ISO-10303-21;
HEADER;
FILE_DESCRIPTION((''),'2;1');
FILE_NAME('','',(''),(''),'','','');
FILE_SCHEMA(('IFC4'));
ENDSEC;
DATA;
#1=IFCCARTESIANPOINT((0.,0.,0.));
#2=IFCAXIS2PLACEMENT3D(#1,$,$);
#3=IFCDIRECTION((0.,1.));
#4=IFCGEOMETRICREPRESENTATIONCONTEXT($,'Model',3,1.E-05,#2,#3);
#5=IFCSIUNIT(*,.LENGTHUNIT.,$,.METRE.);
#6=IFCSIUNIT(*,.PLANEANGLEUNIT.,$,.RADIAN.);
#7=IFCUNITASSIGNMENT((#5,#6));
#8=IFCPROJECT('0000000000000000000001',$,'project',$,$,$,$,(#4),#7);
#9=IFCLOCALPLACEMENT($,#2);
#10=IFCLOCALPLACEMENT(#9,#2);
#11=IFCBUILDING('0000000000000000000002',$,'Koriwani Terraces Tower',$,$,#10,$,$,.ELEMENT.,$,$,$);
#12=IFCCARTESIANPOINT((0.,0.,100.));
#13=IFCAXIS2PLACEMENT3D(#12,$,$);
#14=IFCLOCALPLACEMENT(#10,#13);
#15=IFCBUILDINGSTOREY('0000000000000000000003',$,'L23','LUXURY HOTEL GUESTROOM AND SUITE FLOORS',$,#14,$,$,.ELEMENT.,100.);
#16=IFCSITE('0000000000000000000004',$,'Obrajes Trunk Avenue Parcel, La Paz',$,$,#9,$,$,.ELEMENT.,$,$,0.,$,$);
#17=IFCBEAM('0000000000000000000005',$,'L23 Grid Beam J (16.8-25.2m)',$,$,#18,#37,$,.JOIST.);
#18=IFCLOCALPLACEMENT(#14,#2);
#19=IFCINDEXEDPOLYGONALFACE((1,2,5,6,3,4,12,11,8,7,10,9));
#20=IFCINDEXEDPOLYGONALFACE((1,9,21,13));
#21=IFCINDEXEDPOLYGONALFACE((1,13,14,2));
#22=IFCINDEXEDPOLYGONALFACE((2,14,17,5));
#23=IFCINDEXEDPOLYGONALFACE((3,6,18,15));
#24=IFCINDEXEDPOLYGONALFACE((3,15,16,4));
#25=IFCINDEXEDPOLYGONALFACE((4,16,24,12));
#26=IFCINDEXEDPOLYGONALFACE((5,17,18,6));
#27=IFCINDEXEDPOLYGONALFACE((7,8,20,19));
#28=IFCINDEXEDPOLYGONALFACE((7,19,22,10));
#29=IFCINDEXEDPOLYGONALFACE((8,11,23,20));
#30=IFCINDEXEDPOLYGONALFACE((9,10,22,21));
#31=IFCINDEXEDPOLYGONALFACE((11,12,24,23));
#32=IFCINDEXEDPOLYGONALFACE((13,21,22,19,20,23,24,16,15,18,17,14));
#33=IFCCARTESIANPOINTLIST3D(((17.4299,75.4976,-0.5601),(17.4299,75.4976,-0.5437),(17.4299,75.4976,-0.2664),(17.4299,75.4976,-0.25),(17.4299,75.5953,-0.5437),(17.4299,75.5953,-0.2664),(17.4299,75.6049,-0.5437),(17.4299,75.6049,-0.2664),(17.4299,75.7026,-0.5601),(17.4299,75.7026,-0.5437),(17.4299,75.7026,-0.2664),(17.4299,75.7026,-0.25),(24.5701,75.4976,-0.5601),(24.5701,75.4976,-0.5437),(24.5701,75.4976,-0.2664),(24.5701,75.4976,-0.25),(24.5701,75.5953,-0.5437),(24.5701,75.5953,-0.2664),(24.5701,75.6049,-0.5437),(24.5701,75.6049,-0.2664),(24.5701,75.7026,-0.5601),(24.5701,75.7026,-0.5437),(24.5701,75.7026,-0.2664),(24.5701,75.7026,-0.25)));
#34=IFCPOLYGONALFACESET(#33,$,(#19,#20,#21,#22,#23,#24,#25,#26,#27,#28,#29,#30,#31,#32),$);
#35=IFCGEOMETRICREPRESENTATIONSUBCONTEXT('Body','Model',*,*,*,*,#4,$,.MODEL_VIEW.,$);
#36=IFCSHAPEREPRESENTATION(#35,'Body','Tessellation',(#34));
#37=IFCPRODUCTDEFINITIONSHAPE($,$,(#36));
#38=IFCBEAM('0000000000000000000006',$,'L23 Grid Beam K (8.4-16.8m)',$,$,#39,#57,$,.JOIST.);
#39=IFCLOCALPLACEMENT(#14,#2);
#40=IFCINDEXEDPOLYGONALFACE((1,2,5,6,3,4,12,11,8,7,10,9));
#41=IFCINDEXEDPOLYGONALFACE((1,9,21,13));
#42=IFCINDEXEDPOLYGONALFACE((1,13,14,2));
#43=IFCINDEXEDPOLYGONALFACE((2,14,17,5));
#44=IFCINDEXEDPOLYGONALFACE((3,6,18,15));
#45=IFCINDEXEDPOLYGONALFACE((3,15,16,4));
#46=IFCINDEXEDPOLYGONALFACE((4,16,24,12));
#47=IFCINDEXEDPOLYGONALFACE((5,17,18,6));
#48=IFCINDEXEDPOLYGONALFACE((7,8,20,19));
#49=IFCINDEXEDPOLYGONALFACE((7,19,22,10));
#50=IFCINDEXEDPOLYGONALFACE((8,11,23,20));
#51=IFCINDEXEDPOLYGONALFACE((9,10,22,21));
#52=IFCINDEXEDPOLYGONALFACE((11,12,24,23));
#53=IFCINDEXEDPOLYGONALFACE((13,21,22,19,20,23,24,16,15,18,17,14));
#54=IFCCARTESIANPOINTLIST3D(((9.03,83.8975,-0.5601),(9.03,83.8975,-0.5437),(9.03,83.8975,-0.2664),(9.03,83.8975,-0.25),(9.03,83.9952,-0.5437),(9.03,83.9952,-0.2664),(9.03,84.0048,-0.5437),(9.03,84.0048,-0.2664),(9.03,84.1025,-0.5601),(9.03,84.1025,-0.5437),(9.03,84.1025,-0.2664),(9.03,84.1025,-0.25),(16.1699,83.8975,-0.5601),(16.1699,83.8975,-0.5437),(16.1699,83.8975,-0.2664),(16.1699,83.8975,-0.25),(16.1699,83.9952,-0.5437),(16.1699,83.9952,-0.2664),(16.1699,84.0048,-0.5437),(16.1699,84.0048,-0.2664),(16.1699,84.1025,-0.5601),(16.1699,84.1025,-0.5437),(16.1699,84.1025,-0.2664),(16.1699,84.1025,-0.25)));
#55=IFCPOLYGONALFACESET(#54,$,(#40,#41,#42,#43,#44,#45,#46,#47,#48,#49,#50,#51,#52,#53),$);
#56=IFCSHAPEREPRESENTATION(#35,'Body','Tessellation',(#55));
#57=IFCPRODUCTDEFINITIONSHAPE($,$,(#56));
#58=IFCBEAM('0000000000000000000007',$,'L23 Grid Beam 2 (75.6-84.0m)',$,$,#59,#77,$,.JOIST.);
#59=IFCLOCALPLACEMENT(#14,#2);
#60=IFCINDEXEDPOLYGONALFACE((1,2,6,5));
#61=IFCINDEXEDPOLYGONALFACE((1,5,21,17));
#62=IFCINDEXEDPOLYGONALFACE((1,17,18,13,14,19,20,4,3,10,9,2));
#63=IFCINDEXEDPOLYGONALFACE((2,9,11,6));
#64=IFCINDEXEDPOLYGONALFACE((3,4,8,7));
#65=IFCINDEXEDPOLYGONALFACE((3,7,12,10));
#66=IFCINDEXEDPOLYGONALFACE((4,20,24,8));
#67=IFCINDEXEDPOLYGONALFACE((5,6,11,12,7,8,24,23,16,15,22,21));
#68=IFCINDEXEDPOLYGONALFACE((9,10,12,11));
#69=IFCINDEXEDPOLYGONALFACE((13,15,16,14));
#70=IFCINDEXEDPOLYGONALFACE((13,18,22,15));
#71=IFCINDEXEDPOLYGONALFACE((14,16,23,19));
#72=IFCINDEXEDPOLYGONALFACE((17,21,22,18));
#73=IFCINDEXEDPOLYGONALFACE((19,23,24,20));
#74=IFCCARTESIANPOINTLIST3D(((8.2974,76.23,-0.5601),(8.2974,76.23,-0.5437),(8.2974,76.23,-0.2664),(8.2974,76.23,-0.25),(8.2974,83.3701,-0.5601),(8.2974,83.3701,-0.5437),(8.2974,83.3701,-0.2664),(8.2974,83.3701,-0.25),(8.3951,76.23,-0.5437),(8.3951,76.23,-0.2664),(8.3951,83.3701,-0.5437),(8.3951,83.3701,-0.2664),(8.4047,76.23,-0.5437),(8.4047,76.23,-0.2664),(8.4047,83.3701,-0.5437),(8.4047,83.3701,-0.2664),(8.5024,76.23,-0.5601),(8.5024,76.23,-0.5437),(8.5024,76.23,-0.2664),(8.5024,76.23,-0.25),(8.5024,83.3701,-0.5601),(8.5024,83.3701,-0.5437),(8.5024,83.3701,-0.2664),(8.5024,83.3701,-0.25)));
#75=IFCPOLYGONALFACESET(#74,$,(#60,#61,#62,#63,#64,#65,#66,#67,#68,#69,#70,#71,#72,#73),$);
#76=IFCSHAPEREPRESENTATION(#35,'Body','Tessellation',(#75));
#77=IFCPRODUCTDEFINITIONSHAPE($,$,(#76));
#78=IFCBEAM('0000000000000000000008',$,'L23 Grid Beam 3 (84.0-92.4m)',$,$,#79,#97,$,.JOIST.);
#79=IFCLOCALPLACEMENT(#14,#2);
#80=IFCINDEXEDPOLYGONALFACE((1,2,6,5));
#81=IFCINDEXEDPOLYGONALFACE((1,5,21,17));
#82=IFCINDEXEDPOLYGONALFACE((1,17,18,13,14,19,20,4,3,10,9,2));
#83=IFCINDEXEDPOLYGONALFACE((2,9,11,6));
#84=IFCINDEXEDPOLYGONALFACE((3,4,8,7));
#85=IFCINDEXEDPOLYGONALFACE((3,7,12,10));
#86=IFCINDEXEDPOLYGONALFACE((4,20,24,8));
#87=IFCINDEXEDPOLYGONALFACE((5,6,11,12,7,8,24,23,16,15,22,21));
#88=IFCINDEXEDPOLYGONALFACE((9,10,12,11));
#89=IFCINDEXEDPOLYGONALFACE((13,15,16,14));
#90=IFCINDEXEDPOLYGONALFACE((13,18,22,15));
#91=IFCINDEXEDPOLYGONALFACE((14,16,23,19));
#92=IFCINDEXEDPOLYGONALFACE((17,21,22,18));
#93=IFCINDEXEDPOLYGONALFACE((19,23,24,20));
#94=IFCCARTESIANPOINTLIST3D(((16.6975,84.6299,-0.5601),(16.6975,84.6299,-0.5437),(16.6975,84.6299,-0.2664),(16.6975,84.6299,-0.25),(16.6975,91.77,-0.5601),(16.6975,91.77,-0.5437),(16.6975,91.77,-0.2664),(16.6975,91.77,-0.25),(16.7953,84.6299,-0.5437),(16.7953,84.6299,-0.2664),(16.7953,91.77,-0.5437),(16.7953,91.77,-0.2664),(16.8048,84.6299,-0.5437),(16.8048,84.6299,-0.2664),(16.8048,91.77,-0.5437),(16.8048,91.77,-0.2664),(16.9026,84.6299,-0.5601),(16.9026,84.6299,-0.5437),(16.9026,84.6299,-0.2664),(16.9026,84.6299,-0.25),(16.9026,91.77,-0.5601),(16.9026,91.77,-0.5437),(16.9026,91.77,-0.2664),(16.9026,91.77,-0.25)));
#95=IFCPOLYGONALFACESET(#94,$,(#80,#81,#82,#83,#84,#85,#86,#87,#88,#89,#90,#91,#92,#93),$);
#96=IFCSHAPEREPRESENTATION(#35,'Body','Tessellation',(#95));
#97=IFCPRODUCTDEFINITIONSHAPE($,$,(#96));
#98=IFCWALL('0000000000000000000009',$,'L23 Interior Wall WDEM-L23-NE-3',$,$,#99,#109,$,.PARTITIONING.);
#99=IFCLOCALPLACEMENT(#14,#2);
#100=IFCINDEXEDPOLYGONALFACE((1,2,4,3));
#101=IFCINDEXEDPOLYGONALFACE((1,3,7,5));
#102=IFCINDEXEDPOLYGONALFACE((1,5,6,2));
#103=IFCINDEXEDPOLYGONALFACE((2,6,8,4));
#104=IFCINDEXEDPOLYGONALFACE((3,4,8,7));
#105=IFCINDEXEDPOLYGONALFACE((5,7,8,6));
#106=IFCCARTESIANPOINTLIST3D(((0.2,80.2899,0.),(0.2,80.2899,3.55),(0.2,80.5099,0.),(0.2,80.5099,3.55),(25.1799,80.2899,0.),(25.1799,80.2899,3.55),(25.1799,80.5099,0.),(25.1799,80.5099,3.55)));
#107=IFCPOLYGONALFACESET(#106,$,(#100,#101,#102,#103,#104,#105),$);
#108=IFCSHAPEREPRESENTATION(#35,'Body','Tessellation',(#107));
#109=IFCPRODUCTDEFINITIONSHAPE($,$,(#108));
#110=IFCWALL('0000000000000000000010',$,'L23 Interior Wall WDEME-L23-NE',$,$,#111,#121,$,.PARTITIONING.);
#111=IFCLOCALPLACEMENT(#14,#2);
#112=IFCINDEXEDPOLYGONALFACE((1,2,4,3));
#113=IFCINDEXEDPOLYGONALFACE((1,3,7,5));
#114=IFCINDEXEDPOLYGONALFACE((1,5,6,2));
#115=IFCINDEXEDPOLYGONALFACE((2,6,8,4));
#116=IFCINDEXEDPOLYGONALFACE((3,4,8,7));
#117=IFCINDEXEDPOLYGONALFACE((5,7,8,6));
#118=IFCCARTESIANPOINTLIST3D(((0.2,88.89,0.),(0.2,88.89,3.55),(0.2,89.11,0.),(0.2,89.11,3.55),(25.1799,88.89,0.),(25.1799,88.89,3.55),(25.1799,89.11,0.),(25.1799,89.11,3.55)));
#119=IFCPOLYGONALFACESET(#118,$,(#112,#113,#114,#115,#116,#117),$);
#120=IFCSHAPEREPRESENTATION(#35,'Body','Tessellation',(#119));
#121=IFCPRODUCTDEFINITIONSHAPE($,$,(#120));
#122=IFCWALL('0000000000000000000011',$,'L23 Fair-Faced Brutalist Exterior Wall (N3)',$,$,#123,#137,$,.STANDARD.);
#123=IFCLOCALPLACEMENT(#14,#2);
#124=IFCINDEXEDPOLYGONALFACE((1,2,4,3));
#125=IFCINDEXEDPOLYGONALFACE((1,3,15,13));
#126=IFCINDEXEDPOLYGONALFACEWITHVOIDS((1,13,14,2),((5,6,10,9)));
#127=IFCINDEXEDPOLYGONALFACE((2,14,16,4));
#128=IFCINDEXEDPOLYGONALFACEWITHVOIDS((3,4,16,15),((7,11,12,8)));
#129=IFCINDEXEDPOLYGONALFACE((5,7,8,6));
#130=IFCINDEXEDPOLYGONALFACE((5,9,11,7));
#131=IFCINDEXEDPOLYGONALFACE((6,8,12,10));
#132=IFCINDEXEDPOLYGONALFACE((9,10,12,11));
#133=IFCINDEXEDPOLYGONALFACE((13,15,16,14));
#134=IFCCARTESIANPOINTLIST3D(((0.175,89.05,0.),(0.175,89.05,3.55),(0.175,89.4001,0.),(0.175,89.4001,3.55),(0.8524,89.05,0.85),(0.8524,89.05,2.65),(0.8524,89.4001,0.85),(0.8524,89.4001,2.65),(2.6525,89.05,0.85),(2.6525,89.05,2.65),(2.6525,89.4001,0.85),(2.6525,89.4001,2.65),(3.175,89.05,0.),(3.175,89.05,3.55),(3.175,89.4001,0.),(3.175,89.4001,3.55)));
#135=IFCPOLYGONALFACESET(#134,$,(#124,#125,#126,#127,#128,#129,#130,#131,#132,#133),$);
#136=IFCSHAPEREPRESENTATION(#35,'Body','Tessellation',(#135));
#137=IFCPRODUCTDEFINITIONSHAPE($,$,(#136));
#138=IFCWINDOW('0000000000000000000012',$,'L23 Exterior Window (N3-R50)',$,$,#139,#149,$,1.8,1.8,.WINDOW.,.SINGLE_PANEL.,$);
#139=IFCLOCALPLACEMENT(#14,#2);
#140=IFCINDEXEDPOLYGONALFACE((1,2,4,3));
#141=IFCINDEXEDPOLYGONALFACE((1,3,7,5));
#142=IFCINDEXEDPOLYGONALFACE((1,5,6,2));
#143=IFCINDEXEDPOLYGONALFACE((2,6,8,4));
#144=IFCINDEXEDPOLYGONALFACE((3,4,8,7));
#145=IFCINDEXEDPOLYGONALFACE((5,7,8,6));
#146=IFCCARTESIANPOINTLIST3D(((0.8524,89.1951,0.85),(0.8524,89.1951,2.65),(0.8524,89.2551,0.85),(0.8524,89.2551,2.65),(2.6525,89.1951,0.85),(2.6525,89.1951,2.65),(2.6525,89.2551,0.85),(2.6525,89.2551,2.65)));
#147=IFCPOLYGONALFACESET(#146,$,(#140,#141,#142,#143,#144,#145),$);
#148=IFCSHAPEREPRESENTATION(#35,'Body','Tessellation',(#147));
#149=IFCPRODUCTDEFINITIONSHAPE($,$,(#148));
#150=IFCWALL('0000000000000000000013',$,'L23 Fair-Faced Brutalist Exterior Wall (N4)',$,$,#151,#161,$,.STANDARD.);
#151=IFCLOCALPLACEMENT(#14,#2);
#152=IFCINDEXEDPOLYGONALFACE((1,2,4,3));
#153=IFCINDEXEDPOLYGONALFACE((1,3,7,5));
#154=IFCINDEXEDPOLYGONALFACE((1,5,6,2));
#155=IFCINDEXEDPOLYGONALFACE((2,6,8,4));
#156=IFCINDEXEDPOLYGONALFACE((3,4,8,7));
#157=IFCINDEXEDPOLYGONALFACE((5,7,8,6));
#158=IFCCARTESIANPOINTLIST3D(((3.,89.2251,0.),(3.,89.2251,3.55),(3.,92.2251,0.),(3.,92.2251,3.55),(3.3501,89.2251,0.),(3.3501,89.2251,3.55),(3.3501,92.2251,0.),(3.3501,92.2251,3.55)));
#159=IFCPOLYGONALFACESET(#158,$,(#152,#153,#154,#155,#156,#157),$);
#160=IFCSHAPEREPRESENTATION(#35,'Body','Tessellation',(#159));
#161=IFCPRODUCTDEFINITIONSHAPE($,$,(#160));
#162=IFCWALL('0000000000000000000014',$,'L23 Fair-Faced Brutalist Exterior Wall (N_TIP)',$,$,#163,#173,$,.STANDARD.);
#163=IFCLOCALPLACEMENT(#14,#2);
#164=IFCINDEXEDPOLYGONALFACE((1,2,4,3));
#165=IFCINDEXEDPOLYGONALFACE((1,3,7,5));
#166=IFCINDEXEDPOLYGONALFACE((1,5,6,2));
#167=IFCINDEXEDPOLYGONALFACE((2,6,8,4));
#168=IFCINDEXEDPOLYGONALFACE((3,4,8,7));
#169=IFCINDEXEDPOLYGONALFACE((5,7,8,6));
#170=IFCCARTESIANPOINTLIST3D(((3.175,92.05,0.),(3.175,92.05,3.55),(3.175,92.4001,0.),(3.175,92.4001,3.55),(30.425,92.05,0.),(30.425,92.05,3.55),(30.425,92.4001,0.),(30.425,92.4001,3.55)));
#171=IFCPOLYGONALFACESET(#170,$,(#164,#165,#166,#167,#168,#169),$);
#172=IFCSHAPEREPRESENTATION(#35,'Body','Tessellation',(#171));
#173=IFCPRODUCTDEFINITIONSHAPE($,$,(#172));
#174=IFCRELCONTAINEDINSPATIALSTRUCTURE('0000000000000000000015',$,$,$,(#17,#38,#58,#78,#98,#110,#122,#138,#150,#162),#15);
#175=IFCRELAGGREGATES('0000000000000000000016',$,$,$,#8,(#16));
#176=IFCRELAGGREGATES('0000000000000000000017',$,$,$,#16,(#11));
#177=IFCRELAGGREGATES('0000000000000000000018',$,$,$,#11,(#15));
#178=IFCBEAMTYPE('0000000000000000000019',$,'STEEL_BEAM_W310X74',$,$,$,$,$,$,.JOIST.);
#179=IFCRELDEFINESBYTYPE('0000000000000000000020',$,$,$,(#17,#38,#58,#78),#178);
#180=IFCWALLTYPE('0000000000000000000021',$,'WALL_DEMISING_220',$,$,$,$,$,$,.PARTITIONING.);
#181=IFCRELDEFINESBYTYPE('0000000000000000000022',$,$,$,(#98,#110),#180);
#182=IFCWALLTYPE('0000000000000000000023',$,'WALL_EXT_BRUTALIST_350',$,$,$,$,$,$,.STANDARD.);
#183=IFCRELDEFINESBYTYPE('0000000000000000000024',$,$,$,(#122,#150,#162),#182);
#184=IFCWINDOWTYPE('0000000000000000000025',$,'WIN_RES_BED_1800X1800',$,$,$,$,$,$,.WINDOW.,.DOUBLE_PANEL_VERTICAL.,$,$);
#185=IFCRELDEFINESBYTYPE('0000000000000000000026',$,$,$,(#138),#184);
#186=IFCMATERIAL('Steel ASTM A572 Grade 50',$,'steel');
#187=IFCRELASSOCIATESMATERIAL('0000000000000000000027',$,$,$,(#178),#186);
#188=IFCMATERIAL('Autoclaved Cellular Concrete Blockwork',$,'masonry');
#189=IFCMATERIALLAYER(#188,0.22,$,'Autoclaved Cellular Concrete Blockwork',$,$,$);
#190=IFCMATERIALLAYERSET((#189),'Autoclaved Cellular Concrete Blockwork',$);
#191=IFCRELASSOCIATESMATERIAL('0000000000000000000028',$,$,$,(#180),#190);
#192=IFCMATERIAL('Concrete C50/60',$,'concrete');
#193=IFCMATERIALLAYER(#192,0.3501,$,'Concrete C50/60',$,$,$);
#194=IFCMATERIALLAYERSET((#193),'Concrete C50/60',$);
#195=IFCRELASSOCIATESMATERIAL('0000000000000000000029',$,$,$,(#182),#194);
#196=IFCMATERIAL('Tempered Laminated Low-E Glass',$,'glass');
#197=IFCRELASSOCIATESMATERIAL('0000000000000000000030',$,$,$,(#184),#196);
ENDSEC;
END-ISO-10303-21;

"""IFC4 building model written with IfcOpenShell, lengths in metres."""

from ifc_helpers import new_model, si_unit, direction, frame, frame_2d, origin, origin_2d, place, context, subcontext, project, spatial, rectangle, i_section, extrude, material, layer, layer_set, material_profile, profile_set, type_object, element, fill, save


model = new_model("IFC4")

# Units and contexts
model_context = context("Model", 3, precision=1e-05, world=origin(), true_north=direction((0.0, 1.0)))
body_context = subcontext(model_context, "Body", "Model", "MODEL_VIEW")
ifc_project = project(units=[si_unit("LENGTHUNIT", "METRE"), si_unit("PLANEANGLEUNIT", "RADIAN")], contexts=[model_context])

# Site, building, storey
site_placement = place(None, origin())
site = spatial("IfcSite", under=ifc_project, at=site_placement, Name="Obrajes Trunk Avenue Parcel, La Paz", CompositionType="ELEMENT", RefElevation=0.0)
building_placement = place(site_placement, origin())
building = spatial("IfcBuilding", under=site, at=building_placement, Name="Koriwani Terraces Tower", CompositionType="ELEMENT")
storey_placement = place(building_placement, frame((0.0, 0.0, 100.0)))
storey = spatial("IfcBuildingStorey", under=building, at=storey_placement, Name="L23", Description="LUXURY HOTEL GUESTROOM AND SUITE FLOORS", CompositionType="ELEMENT", Elevation=100.0)

# Beams
ifc_material_1 = material(Name="Concrete C50/60", Category="concrete")
ifc_material_2 = material(Name="Steel ASTM A572 Grade 50", Category="steel")
ifc_material_profile_1 = material_profile(ifc_material_2, i_section(OverallWidth=0.2051, OverallDepth=0.3101, WebThickness=0.0095, FlangeThickness=0.0164, at=origin_2d()), Name="Steel ASTM A572 Grade 50", Category="LoadBearing")
ifc_profile_set_1 = profile_set([ifc_material_profile_1], Name="Steel ASTM A572 Grade 50")
beam_type_1 = type_object("IfcBeamType", Name="STEEL_BEAM_W310X74", PredefinedType="JOIST", material=ifc_profile_set_1)
for number, where, z_axis, x_axis, name in (
    (1, (17.4299, 75.6001, -0.405), (1.0, 0.0, 0.0), (0.0, 1.0, 0.0), "L23 Grid Beam J (16.8-25.2m)"),
):
    element("IfcBeam", number, at=place(storey_placement, frame(where, z_axis=z_axis, x_axis=x_axis)), inside=storey, type_object=beam_type_1, Name=name, PredefinedType="JOIST", context=body_context, shape_type="SweptSolid", body=[
        extrude(i_section(OverallWidth=0.2051, OverallDepth=0.3101, WebThickness=0.0095, FlangeThickness=0.0164, at=origin_2d()), origin(), (0.0, 0.0, 1.0), 7.1401),
    ])
beam_1_placement = place(storey_placement, frame((9.03, 84.0, -0.405), z_axis=(1.0, 0.0, 0.0), x_axis=(0.0, 1.0, 0.0)))
element("IfcBeam", 2, at=beam_1_placement, inside=storey, type_object=beam_type_1, Name="L23 Grid Beam K (8.4-16.8m)", PredefinedType="JOIST", context=body_context, shape_type="SweptSolid", body=[
    extrude(i_section(OverallWidth=0.2051, OverallDepth=0.3101, WebThickness=0.0095, FlangeThickness=0.0164, at=origin_2d()), origin(), (0.0, 0.0, 1.0), 7.1399),
])
for number, where, z_axis, x_axis, name in (
    (3, (8.3999, 76.23, -0.405), (0.0, 1.0, 0.0), (-1.0, 0.0, 0.0), "L23 Grid Beam 2 (75.6-84.0m)"),
    (4, (16.8, 84.6299, -0.405), (0.0, 1.0, 0.0), (-1.0, 0.0, 0.0), "L23 Grid Beam 3 (84.0-92.4m)"),
):
    element("IfcBeam", number, at=place(storey_placement, frame(where, z_axis=z_axis, x_axis=x_axis)), inside=storey, type_object=beam_type_1, Name=name, PredefinedType="JOIST", context=body_context, shape_type="SweptSolid", body=[
        extrude(i_section(OverallWidth=0.2051, OverallDepth=0.3101, WebThickness=0.0095, FlangeThickness=0.0164, at=origin_2d()), origin(), (0.0, 0.0, 1.0), 7.1401),
    ])

# Walls
ifc_material_3 = material(Name="Autoclaved Cellular Concrete Blockwork", Category="masonry")
ifc_layer_1 = layer(ifc_material_3, 0.22, Name="Autoclaved Cellular Concrete Blockwork")
ifc_layer_set_1 = layer_set([ifc_layer_1], Name="Autoclaved Cellular Concrete Blockwork")
wall_type_1 = type_object("IfcWallType", Name="WALL_DEMISING_220", PredefinedType="PARTITIONING", material=ifc_layer_set_1)
for number, where, z_axis, x_axis, name in (
    (5, (0.2, 80.3999, 0.0), (0.0, 0.0, 1.0), (1.0, 0.0, 0.0), "L23 Interior Wall WDEM-L23-NE-3"),
    (6, (0.2, 89.0, 0.0), (0.0, 0.0, 1.0), (1.0, 0.0, 0.0), "L23 Interior Wall WDEME-L23-NE"),
):
    element("IfcWall", number, at=place(storey_placement, frame(where, z_axis=z_axis, x_axis=x_axis)), inside=storey, type_object=wall_type_1, Name=name, PredefinedType="PARTITIONING", context=body_context, shape_type="SweptSolid", body=[
        extrude(rectangle(XDim=24.98, YDim=0.22, at=frame_2d((12.49, 0.0))), origin(), (0.0, 0.0, 1.0), 3.55),
    ])

# Wall, opening, window
ifc_layer_2 = layer(ifc_material_1, 0.3501, Name="Concrete C50/60")
ifc_layer_set_2 = layer_set([ifc_layer_2], Name="Concrete C50/60")
wall_type_2 = type_object("IfcWallType", Name="WALL_EXT_BRUTALIST_350", PredefinedType="STANDARD", material=ifc_layer_set_2)
wall_1_placement = place(storey_placement, frame((0.175, 89.2251, 0.0), z_axis=(0.0, 0.0, 1.0), x_axis=(1.0, 0.0, 0.0)))
wall_1 = element("IfcWall", 7, at=wall_1_placement, inside=storey, type_object=wall_type_2, Name="L23 Fair-Faced Brutalist Exterior Wall (N3)", PredefinedType="STANDARD", context=body_context, shape_type="SweptSolid", body=[
    extrude(rectangle(XDim=3.0, YDim=0.3501, at=frame_2d((1.5, 0.0))), origin(), (0.0, 0.0, 1.0), 3.55),
])
opening_placement = place(wall_1_placement, frame((0.6775, 0.0, 0.8501)))
opening = element("IfcOpeningElement", 8, at=opening_placement, cuts=wall_1, PredefinedType="OPENING", context=body_context, shape_type="SweptSolid", body=[
    extrude(rectangle(XDim=1.8, YDim=1.8, at=frame_2d((0.8999, 0.8999))), frame((0.0, 0.1851, 0.0), z_axis=(0.0, -1.0, 0.0), x_axis=(1.0, 0.0, 0.0)), (0.0, 0.0, 1.0), 0.3701),
])
ifc_material_4 = material(Name="Tempered Laminated Low-E Glass", Category="glass")
window_type = type_object("IfcWindowType", Name="WIN_RES_BED_1800X1800", PartitioningType="DOUBLE_PANEL_VERTICAL", PredefinedType="WINDOW", material=ifc_material_4)
window_placement = place(opening_placement, origin())
window = element("IfcWindow", 9, at=window_placement, inside=storey, type_object=window_type, Name="L23 Exterior Window (N3-R50)", OverallHeight=1.8, OverallWidth=1.8, PartitioningType="SINGLE_PANEL", PredefinedType="WINDOW", context=body_context, shape_type="SweptSolid", body=[
    extrude(rectangle(XDim=1.8, YDim=1.8, at=frame_2d((0.8999, 0.8999))), frame((0.0, 0.03, 0.0), z_axis=(0.0, -1.0, 0.0), x_axis=(1.0, 0.0, 0.0)), (0.0, 0.0, 1.0), 0.0601),
])
fill(opening, window)

# Walls
wall_2_placement = place(storey_placement, frame((3.175, 89.2251, 0.0), z_axis=(0.0, 0.0, 1.0), x_axis=(0.0, 1.0, 0.0)))
element("IfcWall", 10, at=wall_2_placement, inside=storey, type_object=wall_type_2, Name="L23 Fair-Faced Brutalist Exterior Wall (N4)", PredefinedType="STANDARD", context=body_context, shape_type="SweptSolid", body=[
    extrude(rectangle(XDim=3.0, YDim=0.3501, at=frame_2d((1.5, 0.0))), origin(), (0.0, 0.0, 1.0), 3.55),
])
wall_3_placement = place(storey_placement, frame((3.175, 92.2251, 0.0), z_axis=(0.0, 0.0, 1.0), x_axis=(1.0, 0.0, 0.0)))
element("IfcWall", 11, at=wall_3_placement, inside=storey, type_object=wall_type_2, Name="L23 Fair-Faced Brutalist Exterior Wall (N_TIP)", PredefinedType="STANDARD", context=body_context, shape_type="SweptSolid", body=[
    extrude(rectangle(XDim=27.25, YDim=0.3501, at=frame_2d((13.625, 0.0))), origin(), (0.0, 0.0, 1.0), 3.55),
])

save(model, "model.ifc")
